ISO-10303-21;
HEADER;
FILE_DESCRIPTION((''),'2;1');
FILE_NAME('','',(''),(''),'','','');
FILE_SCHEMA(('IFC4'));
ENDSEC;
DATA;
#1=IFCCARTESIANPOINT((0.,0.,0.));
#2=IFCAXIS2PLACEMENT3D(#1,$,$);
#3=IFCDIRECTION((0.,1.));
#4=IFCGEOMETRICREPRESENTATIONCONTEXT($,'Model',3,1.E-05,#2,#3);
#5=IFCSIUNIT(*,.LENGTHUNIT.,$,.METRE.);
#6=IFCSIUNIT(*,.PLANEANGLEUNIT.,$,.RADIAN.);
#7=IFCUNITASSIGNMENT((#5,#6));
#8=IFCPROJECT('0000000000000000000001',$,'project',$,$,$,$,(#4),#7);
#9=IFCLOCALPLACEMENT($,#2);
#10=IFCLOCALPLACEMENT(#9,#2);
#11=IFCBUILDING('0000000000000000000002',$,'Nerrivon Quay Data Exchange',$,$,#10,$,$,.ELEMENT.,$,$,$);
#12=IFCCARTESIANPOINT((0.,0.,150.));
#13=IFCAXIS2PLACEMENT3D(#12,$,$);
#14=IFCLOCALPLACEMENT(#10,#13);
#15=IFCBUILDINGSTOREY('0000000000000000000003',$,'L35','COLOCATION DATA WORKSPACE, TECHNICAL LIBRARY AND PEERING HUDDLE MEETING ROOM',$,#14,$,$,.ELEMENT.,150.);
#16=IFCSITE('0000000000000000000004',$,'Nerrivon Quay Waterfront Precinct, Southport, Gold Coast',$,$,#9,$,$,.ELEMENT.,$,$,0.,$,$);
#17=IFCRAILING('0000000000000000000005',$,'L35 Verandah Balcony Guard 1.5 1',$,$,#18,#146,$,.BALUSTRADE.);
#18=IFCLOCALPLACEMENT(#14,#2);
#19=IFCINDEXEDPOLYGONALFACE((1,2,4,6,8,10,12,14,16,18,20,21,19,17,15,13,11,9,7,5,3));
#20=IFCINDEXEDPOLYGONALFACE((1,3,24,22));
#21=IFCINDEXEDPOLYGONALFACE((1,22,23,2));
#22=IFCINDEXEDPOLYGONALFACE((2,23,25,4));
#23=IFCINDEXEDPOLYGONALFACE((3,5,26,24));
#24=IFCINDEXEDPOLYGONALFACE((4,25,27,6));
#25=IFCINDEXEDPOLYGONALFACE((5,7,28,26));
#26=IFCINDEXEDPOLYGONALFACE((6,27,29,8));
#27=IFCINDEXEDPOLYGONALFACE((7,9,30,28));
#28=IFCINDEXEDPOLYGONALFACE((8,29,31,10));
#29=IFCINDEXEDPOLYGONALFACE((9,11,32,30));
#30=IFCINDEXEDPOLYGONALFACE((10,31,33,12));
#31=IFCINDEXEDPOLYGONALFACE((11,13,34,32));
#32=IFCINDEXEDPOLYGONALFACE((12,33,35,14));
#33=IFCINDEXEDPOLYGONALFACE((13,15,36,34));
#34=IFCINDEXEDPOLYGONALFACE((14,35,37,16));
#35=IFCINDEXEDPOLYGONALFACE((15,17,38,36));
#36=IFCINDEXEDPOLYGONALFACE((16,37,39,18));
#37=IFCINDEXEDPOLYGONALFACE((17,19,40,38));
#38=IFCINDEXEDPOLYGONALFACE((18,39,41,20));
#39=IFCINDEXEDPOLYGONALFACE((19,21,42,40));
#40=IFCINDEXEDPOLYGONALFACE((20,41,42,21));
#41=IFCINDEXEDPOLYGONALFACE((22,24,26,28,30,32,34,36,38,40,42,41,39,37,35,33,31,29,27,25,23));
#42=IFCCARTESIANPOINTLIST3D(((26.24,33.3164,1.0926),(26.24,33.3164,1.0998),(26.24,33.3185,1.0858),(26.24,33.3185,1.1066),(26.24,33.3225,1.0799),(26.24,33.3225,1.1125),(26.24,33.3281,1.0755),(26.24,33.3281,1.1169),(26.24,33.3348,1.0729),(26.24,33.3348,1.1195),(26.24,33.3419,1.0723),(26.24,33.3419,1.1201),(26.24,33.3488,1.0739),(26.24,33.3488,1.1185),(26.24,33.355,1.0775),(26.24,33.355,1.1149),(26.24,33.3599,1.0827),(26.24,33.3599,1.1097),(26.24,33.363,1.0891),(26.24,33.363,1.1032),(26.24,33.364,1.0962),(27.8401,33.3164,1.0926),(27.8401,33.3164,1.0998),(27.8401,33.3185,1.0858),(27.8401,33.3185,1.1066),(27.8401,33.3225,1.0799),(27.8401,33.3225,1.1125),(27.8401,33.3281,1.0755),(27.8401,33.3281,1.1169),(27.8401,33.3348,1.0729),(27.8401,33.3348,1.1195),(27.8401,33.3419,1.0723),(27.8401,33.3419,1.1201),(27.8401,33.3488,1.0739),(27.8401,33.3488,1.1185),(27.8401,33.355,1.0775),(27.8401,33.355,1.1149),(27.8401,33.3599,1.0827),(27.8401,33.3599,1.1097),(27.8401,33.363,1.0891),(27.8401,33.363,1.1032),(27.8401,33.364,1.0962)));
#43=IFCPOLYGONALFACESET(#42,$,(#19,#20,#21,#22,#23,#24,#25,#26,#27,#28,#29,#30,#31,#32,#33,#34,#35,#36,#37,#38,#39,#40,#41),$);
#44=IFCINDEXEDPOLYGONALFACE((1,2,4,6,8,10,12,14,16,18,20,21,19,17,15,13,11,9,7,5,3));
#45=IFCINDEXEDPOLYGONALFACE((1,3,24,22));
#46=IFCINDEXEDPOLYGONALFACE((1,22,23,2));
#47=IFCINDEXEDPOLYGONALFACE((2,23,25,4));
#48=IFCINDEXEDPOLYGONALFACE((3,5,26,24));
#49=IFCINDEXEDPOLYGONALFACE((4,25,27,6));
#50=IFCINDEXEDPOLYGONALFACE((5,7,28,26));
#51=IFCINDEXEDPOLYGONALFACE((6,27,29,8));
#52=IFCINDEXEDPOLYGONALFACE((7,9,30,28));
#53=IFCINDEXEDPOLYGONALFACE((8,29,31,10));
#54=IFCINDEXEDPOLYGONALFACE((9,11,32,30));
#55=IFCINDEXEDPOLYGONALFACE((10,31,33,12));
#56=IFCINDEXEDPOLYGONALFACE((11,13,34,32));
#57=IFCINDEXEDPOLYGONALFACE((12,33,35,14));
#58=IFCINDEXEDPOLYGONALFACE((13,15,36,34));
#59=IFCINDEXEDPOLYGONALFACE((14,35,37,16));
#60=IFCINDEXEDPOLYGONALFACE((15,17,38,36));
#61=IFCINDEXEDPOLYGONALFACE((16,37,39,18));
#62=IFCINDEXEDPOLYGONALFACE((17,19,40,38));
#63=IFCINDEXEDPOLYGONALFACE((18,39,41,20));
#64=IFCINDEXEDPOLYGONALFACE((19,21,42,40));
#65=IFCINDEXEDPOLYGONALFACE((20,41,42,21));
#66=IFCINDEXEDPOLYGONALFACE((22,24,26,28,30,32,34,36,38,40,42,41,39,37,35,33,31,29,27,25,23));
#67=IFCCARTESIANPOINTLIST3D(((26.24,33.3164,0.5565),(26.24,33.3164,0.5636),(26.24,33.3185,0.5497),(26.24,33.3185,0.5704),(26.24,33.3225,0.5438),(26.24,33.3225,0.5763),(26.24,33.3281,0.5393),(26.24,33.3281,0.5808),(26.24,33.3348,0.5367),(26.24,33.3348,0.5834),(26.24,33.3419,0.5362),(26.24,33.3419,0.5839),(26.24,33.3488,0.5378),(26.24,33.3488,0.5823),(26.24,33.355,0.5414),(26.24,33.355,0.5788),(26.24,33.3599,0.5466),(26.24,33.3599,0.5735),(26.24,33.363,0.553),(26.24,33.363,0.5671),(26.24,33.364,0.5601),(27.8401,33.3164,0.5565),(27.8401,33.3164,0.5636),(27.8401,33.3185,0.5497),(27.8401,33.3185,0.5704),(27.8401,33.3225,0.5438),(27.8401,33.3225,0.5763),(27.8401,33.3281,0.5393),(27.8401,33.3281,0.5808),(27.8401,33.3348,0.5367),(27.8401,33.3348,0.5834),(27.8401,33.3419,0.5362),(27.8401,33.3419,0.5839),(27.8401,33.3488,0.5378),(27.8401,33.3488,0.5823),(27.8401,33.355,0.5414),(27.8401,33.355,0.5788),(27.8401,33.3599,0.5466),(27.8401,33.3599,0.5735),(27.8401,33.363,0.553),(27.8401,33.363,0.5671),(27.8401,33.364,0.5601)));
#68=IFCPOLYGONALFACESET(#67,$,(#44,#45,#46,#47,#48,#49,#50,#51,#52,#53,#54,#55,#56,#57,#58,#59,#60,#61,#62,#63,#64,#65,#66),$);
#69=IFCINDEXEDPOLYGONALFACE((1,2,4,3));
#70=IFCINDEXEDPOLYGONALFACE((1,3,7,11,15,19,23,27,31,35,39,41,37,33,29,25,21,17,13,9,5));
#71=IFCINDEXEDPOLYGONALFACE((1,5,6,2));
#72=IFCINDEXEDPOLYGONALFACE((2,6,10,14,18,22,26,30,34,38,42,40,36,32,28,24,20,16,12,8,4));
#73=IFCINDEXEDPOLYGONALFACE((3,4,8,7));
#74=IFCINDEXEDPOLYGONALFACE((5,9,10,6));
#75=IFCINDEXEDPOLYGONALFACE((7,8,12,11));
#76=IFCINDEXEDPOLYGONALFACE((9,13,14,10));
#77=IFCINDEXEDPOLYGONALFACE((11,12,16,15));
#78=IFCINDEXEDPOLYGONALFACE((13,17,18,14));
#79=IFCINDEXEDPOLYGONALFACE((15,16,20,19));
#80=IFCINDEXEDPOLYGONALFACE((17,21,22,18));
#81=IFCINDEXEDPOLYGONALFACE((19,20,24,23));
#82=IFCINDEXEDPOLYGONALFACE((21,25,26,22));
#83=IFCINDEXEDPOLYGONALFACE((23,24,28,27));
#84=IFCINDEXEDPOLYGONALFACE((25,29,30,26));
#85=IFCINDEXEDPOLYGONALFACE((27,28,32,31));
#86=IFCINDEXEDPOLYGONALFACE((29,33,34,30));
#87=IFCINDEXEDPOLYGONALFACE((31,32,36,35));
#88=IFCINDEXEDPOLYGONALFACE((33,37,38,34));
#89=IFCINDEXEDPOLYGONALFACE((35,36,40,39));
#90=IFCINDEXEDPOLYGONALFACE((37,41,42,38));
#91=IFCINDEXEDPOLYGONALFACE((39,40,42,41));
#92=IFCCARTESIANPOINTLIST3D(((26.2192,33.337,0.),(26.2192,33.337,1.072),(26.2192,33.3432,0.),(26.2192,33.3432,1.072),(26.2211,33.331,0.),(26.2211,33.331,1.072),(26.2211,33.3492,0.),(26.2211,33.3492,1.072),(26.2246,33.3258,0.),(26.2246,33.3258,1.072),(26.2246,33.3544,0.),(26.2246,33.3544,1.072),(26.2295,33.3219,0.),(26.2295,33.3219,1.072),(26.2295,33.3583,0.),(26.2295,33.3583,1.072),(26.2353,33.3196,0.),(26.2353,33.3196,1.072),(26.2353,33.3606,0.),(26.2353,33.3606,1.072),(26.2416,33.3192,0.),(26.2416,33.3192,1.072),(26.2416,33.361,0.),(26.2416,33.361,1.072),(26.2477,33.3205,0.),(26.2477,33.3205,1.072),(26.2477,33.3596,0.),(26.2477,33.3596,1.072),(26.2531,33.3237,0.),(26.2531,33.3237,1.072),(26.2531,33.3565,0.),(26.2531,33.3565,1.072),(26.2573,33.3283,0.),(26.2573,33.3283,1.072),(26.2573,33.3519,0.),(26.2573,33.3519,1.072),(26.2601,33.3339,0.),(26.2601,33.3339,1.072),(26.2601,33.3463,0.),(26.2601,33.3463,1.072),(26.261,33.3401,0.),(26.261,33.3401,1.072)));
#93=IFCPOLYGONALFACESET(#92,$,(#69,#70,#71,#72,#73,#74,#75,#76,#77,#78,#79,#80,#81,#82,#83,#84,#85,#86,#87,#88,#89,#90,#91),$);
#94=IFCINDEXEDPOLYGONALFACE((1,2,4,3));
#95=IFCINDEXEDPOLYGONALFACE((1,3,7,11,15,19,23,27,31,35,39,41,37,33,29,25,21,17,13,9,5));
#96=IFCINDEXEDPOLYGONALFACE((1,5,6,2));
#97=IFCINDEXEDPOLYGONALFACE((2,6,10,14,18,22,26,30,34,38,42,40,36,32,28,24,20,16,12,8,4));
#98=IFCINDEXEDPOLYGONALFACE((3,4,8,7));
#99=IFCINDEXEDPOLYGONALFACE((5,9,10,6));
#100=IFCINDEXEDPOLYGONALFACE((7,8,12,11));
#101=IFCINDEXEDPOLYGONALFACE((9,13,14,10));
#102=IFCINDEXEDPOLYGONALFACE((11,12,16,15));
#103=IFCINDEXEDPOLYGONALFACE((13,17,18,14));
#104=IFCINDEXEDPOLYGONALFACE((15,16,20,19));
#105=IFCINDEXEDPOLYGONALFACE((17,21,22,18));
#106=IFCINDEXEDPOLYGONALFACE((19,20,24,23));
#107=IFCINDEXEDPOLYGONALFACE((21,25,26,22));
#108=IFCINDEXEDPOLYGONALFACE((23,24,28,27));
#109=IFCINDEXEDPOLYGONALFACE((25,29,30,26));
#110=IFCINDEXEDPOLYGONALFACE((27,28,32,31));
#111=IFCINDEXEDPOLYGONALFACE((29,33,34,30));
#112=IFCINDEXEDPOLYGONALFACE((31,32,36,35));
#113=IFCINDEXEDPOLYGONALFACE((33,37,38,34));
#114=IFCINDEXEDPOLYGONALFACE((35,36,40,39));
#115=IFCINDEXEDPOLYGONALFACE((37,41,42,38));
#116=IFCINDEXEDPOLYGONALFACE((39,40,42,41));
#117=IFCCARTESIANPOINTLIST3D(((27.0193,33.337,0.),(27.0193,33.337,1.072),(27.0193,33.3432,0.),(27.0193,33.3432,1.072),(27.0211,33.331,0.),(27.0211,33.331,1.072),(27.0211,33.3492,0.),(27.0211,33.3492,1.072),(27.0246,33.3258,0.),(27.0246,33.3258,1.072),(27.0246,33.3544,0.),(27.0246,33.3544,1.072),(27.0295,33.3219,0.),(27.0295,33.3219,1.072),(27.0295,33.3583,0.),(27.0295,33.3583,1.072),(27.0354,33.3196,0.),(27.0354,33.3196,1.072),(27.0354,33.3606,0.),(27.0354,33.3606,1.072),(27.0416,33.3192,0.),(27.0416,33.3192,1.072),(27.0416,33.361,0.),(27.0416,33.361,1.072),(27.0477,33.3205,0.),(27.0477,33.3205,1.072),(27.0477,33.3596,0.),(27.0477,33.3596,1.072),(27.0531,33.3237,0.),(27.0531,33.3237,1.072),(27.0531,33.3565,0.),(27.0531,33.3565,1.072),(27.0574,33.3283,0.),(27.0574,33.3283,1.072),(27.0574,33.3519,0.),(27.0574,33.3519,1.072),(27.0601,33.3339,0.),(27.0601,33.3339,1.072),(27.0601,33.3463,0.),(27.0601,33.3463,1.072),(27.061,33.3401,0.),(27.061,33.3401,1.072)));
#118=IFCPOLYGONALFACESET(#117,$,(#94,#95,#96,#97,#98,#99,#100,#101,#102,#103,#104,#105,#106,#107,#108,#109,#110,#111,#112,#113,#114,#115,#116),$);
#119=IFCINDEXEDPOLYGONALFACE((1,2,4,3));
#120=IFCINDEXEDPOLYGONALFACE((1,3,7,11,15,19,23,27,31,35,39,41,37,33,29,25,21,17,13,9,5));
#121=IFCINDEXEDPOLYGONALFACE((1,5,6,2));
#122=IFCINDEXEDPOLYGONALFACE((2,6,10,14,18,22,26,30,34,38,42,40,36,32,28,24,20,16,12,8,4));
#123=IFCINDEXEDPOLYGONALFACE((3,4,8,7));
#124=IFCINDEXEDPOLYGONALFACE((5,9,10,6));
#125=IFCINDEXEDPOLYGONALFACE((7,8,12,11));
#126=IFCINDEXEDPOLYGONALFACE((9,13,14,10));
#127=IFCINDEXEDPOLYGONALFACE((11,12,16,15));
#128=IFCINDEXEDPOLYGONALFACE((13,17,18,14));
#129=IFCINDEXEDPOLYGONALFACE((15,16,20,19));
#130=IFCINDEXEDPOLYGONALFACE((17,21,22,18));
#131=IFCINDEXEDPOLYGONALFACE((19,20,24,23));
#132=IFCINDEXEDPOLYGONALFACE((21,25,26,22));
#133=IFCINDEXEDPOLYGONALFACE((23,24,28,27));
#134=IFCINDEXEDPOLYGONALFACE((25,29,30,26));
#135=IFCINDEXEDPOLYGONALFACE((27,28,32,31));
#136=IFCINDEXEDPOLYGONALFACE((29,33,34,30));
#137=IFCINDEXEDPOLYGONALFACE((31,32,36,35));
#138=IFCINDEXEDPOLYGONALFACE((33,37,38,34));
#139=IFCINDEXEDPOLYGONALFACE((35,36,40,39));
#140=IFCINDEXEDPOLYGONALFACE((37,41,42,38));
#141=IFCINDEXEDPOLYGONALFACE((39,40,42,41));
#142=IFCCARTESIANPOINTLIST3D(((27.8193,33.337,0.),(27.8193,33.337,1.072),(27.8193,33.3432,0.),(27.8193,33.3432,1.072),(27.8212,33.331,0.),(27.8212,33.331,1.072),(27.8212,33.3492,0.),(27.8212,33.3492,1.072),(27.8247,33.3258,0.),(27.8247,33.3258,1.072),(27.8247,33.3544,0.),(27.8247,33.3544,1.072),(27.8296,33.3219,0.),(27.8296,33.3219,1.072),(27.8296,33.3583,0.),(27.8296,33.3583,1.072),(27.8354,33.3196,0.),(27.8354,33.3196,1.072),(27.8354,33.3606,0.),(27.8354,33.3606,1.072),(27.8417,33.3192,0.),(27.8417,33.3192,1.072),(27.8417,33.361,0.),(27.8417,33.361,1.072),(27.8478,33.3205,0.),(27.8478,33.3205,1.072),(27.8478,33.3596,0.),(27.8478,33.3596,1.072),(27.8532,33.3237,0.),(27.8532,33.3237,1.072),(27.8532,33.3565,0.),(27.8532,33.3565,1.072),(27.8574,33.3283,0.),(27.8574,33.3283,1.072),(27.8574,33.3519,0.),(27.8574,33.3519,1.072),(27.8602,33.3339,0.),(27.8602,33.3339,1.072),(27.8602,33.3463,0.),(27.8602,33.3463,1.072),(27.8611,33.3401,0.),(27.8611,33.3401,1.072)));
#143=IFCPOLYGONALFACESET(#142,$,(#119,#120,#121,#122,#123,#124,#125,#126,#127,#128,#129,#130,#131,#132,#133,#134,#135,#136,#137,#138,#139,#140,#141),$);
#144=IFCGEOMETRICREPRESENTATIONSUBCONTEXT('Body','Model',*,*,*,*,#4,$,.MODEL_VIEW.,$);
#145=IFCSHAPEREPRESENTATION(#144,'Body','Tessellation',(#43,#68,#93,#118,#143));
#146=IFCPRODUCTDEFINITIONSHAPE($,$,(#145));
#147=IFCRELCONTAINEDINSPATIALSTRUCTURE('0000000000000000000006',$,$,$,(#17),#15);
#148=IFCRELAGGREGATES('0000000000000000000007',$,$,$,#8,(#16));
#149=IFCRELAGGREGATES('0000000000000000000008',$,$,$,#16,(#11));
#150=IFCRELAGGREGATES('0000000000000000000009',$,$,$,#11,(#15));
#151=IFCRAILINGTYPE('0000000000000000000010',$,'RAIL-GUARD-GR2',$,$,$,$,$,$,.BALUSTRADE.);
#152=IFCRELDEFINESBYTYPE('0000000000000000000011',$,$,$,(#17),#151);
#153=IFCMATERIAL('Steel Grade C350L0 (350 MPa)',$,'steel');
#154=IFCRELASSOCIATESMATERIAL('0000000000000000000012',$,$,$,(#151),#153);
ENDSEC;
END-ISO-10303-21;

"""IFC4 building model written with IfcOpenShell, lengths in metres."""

from ifc_helpers import new_model, si_unit, direction, frame, origin, origin_2d, place, context, subcontext, project, spatial, circle, extrude, material, type_object, element, save


model = new_model("IFC4")

# Units and contexts
model_context = context("Model", 3, precision=1e-05, world=origin(), true_north=direction((0.0, 1.0)))
body_context = subcontext(model_context, "Body", "Model", "MODEL_VIEW")
ifc_project = project(units=[si_unit("LENGTHUNIT", "METRE"), si_unit("PLANEANGLEUNIT", "RADIAN")], contexts=[model_context])

# Site, building, storey
site_placement = place(None, origin())
site = spatial("IfcSite", under=ifc_project, at=site_placement, Name="Nerrivon Quay Waterfront Precinct, Southport, Gold Coast", CompositionType="ELEMENT", RefElevation=0.0)
building_placement = place(site_placement, origin())
building = spatial("IfcBuilding", under=site, at=building_placement, Name="Nerrivon Quay Data Exchange", CompositionType="ELEMENT")
storey_placement = place(building_placement, frame((0.0, 0.0, 150.0)))
storey = spatial("IfcBuildingStorey", under=building, at=storey_placement, Name="L35", Description="COLOCATION DATA WORKSPACE, TECHNICAL LIBRARY AND PEERING HUDDLE MEETING ROOM", CompositionType="ELEMENT", Elevation=150.0)

# Railing
ifc_material_1 = material(Name="Steel Grade C350L0 (350 MPa)", Category="steel")
railing_type = type_object("IfcRailingType", Name="RAIL-GUARD-GR2", PredefinedType="BALUSTRADE", material=ifc_material_1)
railing_1_placement = place(storey_placement, frame((26.24, 33.3401, 0.0)))
element("IfcRailing", 1, at=railing_1_placement, inside=storey, type_object=railing_type, Name="L35 Verandah Balcony Guard 1.5 1", PredefinedType="BALUSTRADE", context=body_context, shape_type="SweptSolid", body=[
    extrude(circle(Radius=0.0239, at=origin_2d()), frame((0.0, 0.0, 1.0962), z_axis=(1.0, 0.0, 0.0), x_axis=(0.0, 1.0, 0.0)), (0.0, 0.0, 1.0), 1.6001),
    extrude(circle(Radius=0.0239, at=origin_2d()), frame((0.0, 0.0, 0.5601), z_axis=(1.0, 0.0, 0.0), x_axis=(0.0, 1.0, 0.0)), (0.0, 0.0, 1.0), 1.6001),
    extrude(circle(Radius=0.021, at=origin_2d()), origin(), (0.0, 0.0, 1.0), 1.072),
    extrude(circle(Radius=0.021, at=origin_2d()), frame((0.8, 0.0, 0.0)), (0.0, 0.0, 1.0), 1.072),
    extrude(circle(Radius=0.021, at=origin_2d()), frame((1.6001, 0.0, 0.0)), (0.0, 0.0, 1.0), 1.072),
])

save(model, "model.ifc")
